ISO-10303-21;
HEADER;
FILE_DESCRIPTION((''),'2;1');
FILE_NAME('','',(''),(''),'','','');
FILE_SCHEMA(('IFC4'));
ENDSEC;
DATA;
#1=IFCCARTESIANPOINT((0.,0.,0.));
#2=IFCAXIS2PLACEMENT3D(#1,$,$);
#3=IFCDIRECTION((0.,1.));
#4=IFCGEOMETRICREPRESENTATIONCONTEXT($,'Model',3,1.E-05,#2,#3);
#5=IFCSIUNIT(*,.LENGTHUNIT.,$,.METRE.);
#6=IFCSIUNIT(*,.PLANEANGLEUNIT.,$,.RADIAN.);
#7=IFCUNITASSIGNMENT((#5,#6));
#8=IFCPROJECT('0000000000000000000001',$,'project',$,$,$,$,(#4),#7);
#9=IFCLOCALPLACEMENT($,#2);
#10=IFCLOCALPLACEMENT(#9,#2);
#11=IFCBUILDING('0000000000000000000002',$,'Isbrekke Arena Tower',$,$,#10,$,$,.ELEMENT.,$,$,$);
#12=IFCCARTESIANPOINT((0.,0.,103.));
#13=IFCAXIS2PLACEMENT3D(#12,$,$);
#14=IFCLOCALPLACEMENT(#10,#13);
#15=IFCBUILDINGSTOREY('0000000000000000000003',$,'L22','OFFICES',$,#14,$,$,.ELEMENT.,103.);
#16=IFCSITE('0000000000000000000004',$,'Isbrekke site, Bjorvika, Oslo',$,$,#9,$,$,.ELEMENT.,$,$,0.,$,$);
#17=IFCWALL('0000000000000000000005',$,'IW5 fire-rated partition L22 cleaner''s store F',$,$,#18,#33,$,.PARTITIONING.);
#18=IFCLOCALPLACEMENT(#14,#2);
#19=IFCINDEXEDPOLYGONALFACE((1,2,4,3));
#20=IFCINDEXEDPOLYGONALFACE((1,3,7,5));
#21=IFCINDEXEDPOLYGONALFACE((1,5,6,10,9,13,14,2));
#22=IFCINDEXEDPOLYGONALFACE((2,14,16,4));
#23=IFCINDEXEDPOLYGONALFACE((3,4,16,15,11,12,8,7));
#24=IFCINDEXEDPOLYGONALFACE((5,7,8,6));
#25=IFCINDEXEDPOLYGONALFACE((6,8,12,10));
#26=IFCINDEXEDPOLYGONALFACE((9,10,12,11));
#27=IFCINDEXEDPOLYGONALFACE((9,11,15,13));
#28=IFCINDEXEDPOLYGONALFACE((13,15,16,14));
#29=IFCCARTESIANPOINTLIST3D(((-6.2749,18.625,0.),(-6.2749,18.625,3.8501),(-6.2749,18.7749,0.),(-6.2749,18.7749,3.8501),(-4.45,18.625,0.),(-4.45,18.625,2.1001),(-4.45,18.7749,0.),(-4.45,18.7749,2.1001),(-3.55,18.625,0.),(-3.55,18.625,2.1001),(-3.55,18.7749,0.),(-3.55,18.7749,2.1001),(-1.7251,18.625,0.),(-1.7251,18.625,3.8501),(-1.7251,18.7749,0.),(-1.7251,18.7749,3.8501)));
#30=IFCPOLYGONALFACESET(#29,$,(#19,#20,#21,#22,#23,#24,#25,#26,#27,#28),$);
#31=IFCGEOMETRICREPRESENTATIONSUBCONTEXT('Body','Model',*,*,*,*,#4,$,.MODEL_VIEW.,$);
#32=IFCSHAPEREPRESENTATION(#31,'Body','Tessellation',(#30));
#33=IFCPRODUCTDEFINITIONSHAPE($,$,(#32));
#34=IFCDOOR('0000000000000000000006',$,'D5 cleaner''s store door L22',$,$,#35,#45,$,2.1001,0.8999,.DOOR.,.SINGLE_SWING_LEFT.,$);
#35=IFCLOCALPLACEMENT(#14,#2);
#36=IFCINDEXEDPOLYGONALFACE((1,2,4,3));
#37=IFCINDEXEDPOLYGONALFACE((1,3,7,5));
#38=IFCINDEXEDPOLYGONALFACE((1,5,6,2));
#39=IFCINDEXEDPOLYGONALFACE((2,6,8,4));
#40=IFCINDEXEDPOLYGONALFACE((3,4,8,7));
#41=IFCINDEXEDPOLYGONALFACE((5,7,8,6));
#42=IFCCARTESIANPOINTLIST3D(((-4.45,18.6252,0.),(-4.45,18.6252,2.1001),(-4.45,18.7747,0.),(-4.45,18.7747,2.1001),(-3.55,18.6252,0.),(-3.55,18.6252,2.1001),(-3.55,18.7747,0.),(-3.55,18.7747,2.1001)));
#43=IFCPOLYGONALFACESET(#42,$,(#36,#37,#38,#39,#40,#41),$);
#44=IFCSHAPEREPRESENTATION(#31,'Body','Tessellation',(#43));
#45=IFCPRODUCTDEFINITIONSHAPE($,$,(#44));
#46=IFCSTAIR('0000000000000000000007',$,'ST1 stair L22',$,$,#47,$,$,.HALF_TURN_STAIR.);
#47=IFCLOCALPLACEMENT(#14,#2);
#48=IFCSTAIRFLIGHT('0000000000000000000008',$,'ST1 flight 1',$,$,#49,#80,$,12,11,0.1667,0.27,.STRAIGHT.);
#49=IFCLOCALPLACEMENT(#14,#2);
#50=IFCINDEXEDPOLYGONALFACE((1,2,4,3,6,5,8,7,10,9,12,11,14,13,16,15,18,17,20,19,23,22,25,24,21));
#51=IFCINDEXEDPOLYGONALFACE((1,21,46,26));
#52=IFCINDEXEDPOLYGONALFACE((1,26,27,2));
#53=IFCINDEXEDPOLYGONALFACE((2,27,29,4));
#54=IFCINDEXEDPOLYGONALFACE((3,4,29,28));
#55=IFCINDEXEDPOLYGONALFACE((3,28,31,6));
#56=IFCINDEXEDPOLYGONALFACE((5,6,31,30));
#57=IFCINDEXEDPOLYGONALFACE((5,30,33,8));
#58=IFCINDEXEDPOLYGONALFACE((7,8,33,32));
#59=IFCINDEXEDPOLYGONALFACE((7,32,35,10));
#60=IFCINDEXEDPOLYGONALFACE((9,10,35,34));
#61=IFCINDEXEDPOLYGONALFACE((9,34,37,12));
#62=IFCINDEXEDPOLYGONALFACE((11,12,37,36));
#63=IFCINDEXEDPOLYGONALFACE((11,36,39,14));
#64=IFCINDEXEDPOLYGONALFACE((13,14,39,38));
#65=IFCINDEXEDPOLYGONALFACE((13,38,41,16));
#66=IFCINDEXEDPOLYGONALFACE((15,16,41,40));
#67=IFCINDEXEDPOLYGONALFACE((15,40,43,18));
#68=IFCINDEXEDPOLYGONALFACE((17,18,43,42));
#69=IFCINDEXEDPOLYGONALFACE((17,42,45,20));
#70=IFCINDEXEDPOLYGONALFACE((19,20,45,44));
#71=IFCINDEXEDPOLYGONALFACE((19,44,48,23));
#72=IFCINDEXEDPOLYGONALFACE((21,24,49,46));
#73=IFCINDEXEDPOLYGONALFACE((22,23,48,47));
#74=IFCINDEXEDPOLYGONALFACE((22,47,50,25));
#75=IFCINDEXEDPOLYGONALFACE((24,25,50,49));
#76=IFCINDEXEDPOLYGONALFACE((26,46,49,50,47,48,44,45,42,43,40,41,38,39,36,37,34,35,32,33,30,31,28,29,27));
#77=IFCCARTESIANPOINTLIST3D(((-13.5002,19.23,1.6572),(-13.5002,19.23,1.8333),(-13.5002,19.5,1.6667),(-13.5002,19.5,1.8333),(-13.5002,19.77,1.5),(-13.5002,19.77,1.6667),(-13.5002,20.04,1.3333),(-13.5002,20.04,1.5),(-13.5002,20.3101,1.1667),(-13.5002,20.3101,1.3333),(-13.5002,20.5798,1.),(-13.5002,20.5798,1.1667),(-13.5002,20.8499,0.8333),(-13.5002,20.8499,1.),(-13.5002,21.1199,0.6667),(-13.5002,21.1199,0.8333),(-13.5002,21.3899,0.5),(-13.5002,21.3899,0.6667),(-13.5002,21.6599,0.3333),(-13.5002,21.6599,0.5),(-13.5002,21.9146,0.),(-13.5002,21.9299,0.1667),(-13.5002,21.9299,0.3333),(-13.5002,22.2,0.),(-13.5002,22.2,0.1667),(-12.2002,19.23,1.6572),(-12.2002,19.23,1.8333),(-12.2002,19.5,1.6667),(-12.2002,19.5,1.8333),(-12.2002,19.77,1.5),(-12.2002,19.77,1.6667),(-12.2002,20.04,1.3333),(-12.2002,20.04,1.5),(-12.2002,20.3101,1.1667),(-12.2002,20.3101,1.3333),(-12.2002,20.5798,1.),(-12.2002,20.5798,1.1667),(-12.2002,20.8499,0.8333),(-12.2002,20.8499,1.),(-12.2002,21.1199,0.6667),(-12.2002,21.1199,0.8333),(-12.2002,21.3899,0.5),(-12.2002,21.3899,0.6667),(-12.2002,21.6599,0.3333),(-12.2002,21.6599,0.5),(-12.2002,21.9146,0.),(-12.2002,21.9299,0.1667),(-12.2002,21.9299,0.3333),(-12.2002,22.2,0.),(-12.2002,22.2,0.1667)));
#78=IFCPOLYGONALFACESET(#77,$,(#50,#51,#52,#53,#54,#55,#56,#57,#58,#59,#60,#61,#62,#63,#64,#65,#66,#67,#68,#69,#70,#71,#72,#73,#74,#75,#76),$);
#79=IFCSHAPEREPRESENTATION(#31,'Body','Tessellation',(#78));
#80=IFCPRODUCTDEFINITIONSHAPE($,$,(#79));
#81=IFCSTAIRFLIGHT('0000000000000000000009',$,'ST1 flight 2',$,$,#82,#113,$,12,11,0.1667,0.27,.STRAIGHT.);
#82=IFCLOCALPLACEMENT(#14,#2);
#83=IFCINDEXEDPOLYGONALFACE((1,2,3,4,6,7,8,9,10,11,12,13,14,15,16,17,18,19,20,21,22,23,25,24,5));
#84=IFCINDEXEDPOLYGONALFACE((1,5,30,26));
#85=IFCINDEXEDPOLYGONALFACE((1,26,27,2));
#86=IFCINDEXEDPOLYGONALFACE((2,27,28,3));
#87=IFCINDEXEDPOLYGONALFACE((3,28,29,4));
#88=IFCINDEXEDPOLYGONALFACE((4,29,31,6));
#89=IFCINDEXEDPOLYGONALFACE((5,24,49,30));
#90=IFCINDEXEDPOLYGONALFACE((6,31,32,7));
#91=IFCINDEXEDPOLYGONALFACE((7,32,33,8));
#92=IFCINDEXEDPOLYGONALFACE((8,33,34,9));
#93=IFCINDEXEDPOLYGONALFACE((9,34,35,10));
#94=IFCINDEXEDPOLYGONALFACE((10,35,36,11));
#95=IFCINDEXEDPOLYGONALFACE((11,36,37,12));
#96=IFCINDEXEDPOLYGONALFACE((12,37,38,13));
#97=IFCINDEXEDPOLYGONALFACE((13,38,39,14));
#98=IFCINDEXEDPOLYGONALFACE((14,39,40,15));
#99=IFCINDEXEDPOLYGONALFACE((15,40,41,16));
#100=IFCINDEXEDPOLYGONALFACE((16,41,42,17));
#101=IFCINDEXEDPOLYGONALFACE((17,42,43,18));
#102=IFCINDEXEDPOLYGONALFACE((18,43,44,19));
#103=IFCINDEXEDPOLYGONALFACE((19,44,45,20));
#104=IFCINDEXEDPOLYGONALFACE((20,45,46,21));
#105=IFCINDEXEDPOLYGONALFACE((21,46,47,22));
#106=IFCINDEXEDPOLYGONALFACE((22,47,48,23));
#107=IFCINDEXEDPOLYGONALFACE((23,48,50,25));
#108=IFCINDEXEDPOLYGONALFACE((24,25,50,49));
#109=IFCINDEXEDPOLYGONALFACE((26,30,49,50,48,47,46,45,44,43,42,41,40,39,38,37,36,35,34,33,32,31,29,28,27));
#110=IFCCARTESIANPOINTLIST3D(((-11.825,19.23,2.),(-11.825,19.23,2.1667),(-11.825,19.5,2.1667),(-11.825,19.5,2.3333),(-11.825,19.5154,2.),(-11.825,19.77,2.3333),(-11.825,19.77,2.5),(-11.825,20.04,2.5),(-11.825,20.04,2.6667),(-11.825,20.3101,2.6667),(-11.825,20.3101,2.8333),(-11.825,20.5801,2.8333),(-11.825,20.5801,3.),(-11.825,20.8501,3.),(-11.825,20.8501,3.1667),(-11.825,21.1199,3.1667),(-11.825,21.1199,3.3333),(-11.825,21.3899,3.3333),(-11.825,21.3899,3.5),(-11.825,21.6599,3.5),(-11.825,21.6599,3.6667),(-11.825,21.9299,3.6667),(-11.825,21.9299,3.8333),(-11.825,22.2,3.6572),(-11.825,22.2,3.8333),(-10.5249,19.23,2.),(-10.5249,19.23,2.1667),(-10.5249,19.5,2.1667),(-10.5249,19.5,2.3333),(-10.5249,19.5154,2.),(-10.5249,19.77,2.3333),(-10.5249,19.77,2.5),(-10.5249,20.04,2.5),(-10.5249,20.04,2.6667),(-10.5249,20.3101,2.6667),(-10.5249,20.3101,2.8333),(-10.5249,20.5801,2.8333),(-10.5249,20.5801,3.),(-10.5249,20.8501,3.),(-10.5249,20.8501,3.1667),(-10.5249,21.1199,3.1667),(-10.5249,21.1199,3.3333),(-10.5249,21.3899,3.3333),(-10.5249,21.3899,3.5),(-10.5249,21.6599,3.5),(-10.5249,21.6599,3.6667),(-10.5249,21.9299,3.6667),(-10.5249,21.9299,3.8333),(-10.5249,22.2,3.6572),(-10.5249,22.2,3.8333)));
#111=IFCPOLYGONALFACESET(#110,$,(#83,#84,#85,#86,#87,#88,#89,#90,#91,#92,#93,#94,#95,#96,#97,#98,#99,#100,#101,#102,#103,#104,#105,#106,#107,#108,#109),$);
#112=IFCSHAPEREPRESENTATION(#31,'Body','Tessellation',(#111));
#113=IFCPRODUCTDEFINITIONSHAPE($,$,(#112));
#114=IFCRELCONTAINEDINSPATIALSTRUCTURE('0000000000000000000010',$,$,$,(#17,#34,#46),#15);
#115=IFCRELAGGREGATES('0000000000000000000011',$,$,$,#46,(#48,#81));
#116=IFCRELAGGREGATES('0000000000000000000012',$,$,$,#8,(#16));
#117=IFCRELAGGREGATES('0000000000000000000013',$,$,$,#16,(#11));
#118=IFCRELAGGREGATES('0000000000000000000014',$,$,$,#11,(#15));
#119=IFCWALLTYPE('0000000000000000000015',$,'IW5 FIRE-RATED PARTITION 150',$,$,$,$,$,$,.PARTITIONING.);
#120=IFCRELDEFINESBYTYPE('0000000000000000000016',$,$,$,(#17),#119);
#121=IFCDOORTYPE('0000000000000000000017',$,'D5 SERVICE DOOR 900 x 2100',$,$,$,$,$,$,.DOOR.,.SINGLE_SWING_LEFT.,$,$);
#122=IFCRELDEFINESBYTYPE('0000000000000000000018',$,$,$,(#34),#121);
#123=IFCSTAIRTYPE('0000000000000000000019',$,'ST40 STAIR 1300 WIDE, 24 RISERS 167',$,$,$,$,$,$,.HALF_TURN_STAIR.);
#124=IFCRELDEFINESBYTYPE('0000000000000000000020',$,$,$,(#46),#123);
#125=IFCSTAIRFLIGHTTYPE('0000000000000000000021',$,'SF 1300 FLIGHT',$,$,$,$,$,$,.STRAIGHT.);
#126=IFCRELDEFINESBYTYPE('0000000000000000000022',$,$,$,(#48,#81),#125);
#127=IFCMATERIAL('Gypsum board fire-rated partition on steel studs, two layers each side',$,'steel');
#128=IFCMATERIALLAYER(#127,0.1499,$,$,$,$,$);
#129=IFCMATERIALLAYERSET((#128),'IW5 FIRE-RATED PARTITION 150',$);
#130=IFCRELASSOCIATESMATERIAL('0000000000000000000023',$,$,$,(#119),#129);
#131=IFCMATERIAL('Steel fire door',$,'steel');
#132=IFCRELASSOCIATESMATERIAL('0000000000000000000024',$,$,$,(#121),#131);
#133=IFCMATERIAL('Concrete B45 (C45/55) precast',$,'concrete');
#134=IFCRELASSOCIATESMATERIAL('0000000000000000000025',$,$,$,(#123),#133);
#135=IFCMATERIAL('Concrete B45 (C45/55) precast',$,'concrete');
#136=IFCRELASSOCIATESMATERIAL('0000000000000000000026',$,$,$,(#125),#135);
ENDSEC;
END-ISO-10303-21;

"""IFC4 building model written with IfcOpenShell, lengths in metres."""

from ifc_helpers import new_model, si_unit, direction, frame, frame_2d, origin, place, context, subcontext, project, spatial, polyline, rectangle, outline, extrude, material, layer, layer_set, type_object, element, fill, aggregate, save


model = new_model("IFC4")

# Units and contexts
model_context = context("Model", 3, precision=1e-05, world=origin(), true_north=direction((0.0, 1.0)))
body_context = subcontext(model_context, "Body", "Model", "MODEL_VIEW")
ifc_project = project(units=[si_unit("LENGTHUNIT", "METRE"), si_unit("PLANEANGLEUNIT", "RADIAN")], contexts=[model_context])

# Site, building, storey
site_placement = place(None, origin())
site = spatial("IfcSite", under=ifc_project, at=site_placement, Name="Isbrekke site, Bjorvika, Oslo", CompositionType="ELEMENT", RefElevation=0.0)
building_placement = place(site_placement, origin())
building = spatial("IfcBuilding", under=site, at=building_placement, Name="Isbrekke Arena Tower", CompositionType="ELEMENT")
storey_placement = place(building_placement, frame((0.0, 0.0, 103.0)))
storey = spatial("IfcBuildingStorey", under=building, at=storey_placement, Name="L22", Description="OFFICES", CompositionType="ELEMENT", Elevation=103.0)

# Wall, opening, door
ifc_material_1 = material(Name="Gypsum board fire-rated partition on steel studs, two layers each side", Category="steel")
ifc_layer_1 = layer(ifc_material_1, 0.1499)
ifc_layer_set_1 = layer_set([ifc_layer_1], Name="IW5 FIRE-RATED PARTITION 150")
wall_type_1 = type_object("IfcWallType", Name="IW5 FIRE-RATED PARTITION 150", PredefinedType="PARTITIONING", material=ifc_layer_set_1)
wall_1_placement = place(storey_placement, frame((-6.2749, 18.7, 0.0), z_axis=(0.0, 0.0, 1.0), x_axis=(1.0, 0.0, 0.0)))
wall_1 = element("IfcWall", 1, at=wall_1_placement, inside=storey, type_object=wall_type_1, Name="IW5 fire-rated partition L22 cleaner's store F", PredefinedType="PARTITIONING", context=body_context, shape_type="SweptSolid", body=[
    extrude(rectangle(XDim=4.5498, YDim=0.1499, at=frame_2d((2.2749, 0.0))), origin(), (0.0, 0.0, 1.0), 3.8501),
])
opening_1_placement = place(wall_1_placement, frame((1.825, 0.0, 0.0)))
opening_1 = element("IfcOpeningElement", 2, at=opening_1_placement, cuts=wall_1, PredefinedType="OPENING", context=body_context, shape_type="SweptSolid", body=[
    extrude(rectangle(XDim=0.8999, YDim=2.1001, at=frame_2d((0.45, 1.05))), frame((0.0, 0.0898, 0.0), z_axis=(0.0, -1.0, 0.0), x_axis=(1.0, 0.0, 0.0)), (0.0, 0.0, 1.0), 0.1797),
])
ifc_material_2 = material(Name="Steel fire door", Category="steel")
door_type_1 = type_object("IfcDoorType", Name="D5 SERVICE DOOR 900 x 2100", OperationType="SINGLE_SWING_LEFT", PredefinedType="DOOR", material=ifc_material_2)
door_1_placement = place(opening_1_placement, origin())
door_1 = element("IfcDoor", 3, at=door_1_placement, inside=storey, type_object=door_type_1, Name="D5 cleaner's store door L22", OperationType="SINGLE_SWING_LEFT", OverallHeight=2.1001, OverallWidth=0.8999, PredefinedType="DOOR", context=body_context, shape_type="SweptSolid", body=[
    extrude(rectangle(XDim=0.8999, YDim=2.1001, at=frame_2d((0.45, 1.05))), frame((0.0, 0.0747, 0.0), z_axis=(0.0, -1.0, 0.0), x_axis=(1.0, 0.0, 0.0)), (0.0, 0.0, 1.0), 0.1494),
])
fill(opening_1, door_1)

# Stair, stair flights
ifc_material_3 = material(Name="Concrete B45 (C45/55) precast", Category="concrete")
stair_type = type_object("IfcStairType", Name="ST40 STAIR 1300 WIDE, 24 RISERS 167", PredefinedType="HALF_TURN_STAIR", material=ifc_material_3)
stair_placement = place(storey_placement, origin())
stair = element("IfcStair", 4, at=stair_placement, inside=storey, type_object=stair_type, Name="ST1 stair L22", PredefinedType="HALF_TURN_STAIR")
ifc_material_4 = material(Name="Concrete B45 (C45/55) precast", Category="concrete")
stair_flight_type = type_object("IfcStairFlightType", Name="SF 1300 FLIGHT", PredefinedType="STRAIGHT", material=ifc_material_4)
stair_flight_1_placement = place(storey_placement, frame((-12.8501, 22.2, 0.0), z_axis=(0.0, 0.0, 1.0), x_axis=(0.0, -1.0, 0.0)))
stair_flight_1 = element("IfcStairFlight", 5, at=stair_flight_1_placement, type_object=stair_flight_type, Name="ST1 flight 1", NumberOfRisers=12, NumberOfTreads=11, PredefinedType="STRAIGHT", RiserHeight=0.1667, TreadLength=0.27, context=body_context, shape_type="SweptSolid", body=[
    extrude(outline(polyline([(0.0, 0.0), (0.0, 0.1667), (0.27, 0.1667), (0.27, 0.3333), (0.54, 0.3333), (0.54, 0.5), (0.8101, 0.5), (0.8101, 0.6667), (1.0801, 0.6667), (1.0801, 0.8333), (1.3501, 0.8333), (1.3501, 1.0), (1.6201, 1.0), (1.6201, 1.1667), (1.8899, 1.1667), (1.8899, 1.3333), (2.1599, 1.3333), (2.1599, 1.5), (2.4299, 1.5), (2.4299, 1.6667), (2.7, 1.6667), (2.7, 1.8333), (2.97, 1.8333), (2.97, 2.0), (2.97, 1.6572), (0.2854, 0.0), (0.0, 0.0)])), frame((0.0, 0.6499, 0.0), z_axis=(0.0, -1.0, 0.0), x_axis=(1.0, 0.0, 0.0)), (0.0, 0.0, 1.0), 1.3),
])
stair_flight_2_placement = place(storey_placement, frame((-11.175, 19.23, 2.0), z_axis=(0.0, 0.0, 1.0), x_axis=(0.0, 1.0, 0.0)))
stair_flight_2 = element("IfcStairFlight", 6, at=stair_flight_2_placement, type_object=stair_flight_type, Name="ST1 flight 2", NumberOfRisers=12, NumberOfTreads=11, PredefinedType="STRAIGHT", RiserHeight=0.1667, TreadLength=0.27, context=body_context, shape_type="SweptSolid", body=[
    extrude(outline(polyline([(0.0, 0.0), (0.0, 0.1667), (0.27, 0.1667), (0.27, 0.3333), (0.54, 0.3333), (0.54, 0.5), (0.8101, 0.5), (0.8101, 0.6667), (1.0801, 0.6667), (1.0801, 0.8333), (1.3501, 0.8333), (1.3501, 1.0), (1.6201, 1.0), (1.6201, 1.1667), (1.8899, 1.1667), (1.8899, 1.3333), (2.1599, 1.3333), (2.1599, 1.5), (2.4299, 1.5), (2.4299, 1.6667), (2.7, 1.6667), (2.7, 1.8333), (2.97, 1.8333), (2.97, 2.0), (2.97, 1.6572), (0.2854, 0.0), (0.0, 0.0)])), frame((0.0, 0.6499, 0.0), z_axis=(0.0, -1.0, 0.0), x_axis=(1.0, 0.0, 0.0)), (0.0, 0.0, 1.0), 1.3),
])
aggregate(stair, [stair_flight_1, stair_flight_2])

save(model, "model.ifc")
